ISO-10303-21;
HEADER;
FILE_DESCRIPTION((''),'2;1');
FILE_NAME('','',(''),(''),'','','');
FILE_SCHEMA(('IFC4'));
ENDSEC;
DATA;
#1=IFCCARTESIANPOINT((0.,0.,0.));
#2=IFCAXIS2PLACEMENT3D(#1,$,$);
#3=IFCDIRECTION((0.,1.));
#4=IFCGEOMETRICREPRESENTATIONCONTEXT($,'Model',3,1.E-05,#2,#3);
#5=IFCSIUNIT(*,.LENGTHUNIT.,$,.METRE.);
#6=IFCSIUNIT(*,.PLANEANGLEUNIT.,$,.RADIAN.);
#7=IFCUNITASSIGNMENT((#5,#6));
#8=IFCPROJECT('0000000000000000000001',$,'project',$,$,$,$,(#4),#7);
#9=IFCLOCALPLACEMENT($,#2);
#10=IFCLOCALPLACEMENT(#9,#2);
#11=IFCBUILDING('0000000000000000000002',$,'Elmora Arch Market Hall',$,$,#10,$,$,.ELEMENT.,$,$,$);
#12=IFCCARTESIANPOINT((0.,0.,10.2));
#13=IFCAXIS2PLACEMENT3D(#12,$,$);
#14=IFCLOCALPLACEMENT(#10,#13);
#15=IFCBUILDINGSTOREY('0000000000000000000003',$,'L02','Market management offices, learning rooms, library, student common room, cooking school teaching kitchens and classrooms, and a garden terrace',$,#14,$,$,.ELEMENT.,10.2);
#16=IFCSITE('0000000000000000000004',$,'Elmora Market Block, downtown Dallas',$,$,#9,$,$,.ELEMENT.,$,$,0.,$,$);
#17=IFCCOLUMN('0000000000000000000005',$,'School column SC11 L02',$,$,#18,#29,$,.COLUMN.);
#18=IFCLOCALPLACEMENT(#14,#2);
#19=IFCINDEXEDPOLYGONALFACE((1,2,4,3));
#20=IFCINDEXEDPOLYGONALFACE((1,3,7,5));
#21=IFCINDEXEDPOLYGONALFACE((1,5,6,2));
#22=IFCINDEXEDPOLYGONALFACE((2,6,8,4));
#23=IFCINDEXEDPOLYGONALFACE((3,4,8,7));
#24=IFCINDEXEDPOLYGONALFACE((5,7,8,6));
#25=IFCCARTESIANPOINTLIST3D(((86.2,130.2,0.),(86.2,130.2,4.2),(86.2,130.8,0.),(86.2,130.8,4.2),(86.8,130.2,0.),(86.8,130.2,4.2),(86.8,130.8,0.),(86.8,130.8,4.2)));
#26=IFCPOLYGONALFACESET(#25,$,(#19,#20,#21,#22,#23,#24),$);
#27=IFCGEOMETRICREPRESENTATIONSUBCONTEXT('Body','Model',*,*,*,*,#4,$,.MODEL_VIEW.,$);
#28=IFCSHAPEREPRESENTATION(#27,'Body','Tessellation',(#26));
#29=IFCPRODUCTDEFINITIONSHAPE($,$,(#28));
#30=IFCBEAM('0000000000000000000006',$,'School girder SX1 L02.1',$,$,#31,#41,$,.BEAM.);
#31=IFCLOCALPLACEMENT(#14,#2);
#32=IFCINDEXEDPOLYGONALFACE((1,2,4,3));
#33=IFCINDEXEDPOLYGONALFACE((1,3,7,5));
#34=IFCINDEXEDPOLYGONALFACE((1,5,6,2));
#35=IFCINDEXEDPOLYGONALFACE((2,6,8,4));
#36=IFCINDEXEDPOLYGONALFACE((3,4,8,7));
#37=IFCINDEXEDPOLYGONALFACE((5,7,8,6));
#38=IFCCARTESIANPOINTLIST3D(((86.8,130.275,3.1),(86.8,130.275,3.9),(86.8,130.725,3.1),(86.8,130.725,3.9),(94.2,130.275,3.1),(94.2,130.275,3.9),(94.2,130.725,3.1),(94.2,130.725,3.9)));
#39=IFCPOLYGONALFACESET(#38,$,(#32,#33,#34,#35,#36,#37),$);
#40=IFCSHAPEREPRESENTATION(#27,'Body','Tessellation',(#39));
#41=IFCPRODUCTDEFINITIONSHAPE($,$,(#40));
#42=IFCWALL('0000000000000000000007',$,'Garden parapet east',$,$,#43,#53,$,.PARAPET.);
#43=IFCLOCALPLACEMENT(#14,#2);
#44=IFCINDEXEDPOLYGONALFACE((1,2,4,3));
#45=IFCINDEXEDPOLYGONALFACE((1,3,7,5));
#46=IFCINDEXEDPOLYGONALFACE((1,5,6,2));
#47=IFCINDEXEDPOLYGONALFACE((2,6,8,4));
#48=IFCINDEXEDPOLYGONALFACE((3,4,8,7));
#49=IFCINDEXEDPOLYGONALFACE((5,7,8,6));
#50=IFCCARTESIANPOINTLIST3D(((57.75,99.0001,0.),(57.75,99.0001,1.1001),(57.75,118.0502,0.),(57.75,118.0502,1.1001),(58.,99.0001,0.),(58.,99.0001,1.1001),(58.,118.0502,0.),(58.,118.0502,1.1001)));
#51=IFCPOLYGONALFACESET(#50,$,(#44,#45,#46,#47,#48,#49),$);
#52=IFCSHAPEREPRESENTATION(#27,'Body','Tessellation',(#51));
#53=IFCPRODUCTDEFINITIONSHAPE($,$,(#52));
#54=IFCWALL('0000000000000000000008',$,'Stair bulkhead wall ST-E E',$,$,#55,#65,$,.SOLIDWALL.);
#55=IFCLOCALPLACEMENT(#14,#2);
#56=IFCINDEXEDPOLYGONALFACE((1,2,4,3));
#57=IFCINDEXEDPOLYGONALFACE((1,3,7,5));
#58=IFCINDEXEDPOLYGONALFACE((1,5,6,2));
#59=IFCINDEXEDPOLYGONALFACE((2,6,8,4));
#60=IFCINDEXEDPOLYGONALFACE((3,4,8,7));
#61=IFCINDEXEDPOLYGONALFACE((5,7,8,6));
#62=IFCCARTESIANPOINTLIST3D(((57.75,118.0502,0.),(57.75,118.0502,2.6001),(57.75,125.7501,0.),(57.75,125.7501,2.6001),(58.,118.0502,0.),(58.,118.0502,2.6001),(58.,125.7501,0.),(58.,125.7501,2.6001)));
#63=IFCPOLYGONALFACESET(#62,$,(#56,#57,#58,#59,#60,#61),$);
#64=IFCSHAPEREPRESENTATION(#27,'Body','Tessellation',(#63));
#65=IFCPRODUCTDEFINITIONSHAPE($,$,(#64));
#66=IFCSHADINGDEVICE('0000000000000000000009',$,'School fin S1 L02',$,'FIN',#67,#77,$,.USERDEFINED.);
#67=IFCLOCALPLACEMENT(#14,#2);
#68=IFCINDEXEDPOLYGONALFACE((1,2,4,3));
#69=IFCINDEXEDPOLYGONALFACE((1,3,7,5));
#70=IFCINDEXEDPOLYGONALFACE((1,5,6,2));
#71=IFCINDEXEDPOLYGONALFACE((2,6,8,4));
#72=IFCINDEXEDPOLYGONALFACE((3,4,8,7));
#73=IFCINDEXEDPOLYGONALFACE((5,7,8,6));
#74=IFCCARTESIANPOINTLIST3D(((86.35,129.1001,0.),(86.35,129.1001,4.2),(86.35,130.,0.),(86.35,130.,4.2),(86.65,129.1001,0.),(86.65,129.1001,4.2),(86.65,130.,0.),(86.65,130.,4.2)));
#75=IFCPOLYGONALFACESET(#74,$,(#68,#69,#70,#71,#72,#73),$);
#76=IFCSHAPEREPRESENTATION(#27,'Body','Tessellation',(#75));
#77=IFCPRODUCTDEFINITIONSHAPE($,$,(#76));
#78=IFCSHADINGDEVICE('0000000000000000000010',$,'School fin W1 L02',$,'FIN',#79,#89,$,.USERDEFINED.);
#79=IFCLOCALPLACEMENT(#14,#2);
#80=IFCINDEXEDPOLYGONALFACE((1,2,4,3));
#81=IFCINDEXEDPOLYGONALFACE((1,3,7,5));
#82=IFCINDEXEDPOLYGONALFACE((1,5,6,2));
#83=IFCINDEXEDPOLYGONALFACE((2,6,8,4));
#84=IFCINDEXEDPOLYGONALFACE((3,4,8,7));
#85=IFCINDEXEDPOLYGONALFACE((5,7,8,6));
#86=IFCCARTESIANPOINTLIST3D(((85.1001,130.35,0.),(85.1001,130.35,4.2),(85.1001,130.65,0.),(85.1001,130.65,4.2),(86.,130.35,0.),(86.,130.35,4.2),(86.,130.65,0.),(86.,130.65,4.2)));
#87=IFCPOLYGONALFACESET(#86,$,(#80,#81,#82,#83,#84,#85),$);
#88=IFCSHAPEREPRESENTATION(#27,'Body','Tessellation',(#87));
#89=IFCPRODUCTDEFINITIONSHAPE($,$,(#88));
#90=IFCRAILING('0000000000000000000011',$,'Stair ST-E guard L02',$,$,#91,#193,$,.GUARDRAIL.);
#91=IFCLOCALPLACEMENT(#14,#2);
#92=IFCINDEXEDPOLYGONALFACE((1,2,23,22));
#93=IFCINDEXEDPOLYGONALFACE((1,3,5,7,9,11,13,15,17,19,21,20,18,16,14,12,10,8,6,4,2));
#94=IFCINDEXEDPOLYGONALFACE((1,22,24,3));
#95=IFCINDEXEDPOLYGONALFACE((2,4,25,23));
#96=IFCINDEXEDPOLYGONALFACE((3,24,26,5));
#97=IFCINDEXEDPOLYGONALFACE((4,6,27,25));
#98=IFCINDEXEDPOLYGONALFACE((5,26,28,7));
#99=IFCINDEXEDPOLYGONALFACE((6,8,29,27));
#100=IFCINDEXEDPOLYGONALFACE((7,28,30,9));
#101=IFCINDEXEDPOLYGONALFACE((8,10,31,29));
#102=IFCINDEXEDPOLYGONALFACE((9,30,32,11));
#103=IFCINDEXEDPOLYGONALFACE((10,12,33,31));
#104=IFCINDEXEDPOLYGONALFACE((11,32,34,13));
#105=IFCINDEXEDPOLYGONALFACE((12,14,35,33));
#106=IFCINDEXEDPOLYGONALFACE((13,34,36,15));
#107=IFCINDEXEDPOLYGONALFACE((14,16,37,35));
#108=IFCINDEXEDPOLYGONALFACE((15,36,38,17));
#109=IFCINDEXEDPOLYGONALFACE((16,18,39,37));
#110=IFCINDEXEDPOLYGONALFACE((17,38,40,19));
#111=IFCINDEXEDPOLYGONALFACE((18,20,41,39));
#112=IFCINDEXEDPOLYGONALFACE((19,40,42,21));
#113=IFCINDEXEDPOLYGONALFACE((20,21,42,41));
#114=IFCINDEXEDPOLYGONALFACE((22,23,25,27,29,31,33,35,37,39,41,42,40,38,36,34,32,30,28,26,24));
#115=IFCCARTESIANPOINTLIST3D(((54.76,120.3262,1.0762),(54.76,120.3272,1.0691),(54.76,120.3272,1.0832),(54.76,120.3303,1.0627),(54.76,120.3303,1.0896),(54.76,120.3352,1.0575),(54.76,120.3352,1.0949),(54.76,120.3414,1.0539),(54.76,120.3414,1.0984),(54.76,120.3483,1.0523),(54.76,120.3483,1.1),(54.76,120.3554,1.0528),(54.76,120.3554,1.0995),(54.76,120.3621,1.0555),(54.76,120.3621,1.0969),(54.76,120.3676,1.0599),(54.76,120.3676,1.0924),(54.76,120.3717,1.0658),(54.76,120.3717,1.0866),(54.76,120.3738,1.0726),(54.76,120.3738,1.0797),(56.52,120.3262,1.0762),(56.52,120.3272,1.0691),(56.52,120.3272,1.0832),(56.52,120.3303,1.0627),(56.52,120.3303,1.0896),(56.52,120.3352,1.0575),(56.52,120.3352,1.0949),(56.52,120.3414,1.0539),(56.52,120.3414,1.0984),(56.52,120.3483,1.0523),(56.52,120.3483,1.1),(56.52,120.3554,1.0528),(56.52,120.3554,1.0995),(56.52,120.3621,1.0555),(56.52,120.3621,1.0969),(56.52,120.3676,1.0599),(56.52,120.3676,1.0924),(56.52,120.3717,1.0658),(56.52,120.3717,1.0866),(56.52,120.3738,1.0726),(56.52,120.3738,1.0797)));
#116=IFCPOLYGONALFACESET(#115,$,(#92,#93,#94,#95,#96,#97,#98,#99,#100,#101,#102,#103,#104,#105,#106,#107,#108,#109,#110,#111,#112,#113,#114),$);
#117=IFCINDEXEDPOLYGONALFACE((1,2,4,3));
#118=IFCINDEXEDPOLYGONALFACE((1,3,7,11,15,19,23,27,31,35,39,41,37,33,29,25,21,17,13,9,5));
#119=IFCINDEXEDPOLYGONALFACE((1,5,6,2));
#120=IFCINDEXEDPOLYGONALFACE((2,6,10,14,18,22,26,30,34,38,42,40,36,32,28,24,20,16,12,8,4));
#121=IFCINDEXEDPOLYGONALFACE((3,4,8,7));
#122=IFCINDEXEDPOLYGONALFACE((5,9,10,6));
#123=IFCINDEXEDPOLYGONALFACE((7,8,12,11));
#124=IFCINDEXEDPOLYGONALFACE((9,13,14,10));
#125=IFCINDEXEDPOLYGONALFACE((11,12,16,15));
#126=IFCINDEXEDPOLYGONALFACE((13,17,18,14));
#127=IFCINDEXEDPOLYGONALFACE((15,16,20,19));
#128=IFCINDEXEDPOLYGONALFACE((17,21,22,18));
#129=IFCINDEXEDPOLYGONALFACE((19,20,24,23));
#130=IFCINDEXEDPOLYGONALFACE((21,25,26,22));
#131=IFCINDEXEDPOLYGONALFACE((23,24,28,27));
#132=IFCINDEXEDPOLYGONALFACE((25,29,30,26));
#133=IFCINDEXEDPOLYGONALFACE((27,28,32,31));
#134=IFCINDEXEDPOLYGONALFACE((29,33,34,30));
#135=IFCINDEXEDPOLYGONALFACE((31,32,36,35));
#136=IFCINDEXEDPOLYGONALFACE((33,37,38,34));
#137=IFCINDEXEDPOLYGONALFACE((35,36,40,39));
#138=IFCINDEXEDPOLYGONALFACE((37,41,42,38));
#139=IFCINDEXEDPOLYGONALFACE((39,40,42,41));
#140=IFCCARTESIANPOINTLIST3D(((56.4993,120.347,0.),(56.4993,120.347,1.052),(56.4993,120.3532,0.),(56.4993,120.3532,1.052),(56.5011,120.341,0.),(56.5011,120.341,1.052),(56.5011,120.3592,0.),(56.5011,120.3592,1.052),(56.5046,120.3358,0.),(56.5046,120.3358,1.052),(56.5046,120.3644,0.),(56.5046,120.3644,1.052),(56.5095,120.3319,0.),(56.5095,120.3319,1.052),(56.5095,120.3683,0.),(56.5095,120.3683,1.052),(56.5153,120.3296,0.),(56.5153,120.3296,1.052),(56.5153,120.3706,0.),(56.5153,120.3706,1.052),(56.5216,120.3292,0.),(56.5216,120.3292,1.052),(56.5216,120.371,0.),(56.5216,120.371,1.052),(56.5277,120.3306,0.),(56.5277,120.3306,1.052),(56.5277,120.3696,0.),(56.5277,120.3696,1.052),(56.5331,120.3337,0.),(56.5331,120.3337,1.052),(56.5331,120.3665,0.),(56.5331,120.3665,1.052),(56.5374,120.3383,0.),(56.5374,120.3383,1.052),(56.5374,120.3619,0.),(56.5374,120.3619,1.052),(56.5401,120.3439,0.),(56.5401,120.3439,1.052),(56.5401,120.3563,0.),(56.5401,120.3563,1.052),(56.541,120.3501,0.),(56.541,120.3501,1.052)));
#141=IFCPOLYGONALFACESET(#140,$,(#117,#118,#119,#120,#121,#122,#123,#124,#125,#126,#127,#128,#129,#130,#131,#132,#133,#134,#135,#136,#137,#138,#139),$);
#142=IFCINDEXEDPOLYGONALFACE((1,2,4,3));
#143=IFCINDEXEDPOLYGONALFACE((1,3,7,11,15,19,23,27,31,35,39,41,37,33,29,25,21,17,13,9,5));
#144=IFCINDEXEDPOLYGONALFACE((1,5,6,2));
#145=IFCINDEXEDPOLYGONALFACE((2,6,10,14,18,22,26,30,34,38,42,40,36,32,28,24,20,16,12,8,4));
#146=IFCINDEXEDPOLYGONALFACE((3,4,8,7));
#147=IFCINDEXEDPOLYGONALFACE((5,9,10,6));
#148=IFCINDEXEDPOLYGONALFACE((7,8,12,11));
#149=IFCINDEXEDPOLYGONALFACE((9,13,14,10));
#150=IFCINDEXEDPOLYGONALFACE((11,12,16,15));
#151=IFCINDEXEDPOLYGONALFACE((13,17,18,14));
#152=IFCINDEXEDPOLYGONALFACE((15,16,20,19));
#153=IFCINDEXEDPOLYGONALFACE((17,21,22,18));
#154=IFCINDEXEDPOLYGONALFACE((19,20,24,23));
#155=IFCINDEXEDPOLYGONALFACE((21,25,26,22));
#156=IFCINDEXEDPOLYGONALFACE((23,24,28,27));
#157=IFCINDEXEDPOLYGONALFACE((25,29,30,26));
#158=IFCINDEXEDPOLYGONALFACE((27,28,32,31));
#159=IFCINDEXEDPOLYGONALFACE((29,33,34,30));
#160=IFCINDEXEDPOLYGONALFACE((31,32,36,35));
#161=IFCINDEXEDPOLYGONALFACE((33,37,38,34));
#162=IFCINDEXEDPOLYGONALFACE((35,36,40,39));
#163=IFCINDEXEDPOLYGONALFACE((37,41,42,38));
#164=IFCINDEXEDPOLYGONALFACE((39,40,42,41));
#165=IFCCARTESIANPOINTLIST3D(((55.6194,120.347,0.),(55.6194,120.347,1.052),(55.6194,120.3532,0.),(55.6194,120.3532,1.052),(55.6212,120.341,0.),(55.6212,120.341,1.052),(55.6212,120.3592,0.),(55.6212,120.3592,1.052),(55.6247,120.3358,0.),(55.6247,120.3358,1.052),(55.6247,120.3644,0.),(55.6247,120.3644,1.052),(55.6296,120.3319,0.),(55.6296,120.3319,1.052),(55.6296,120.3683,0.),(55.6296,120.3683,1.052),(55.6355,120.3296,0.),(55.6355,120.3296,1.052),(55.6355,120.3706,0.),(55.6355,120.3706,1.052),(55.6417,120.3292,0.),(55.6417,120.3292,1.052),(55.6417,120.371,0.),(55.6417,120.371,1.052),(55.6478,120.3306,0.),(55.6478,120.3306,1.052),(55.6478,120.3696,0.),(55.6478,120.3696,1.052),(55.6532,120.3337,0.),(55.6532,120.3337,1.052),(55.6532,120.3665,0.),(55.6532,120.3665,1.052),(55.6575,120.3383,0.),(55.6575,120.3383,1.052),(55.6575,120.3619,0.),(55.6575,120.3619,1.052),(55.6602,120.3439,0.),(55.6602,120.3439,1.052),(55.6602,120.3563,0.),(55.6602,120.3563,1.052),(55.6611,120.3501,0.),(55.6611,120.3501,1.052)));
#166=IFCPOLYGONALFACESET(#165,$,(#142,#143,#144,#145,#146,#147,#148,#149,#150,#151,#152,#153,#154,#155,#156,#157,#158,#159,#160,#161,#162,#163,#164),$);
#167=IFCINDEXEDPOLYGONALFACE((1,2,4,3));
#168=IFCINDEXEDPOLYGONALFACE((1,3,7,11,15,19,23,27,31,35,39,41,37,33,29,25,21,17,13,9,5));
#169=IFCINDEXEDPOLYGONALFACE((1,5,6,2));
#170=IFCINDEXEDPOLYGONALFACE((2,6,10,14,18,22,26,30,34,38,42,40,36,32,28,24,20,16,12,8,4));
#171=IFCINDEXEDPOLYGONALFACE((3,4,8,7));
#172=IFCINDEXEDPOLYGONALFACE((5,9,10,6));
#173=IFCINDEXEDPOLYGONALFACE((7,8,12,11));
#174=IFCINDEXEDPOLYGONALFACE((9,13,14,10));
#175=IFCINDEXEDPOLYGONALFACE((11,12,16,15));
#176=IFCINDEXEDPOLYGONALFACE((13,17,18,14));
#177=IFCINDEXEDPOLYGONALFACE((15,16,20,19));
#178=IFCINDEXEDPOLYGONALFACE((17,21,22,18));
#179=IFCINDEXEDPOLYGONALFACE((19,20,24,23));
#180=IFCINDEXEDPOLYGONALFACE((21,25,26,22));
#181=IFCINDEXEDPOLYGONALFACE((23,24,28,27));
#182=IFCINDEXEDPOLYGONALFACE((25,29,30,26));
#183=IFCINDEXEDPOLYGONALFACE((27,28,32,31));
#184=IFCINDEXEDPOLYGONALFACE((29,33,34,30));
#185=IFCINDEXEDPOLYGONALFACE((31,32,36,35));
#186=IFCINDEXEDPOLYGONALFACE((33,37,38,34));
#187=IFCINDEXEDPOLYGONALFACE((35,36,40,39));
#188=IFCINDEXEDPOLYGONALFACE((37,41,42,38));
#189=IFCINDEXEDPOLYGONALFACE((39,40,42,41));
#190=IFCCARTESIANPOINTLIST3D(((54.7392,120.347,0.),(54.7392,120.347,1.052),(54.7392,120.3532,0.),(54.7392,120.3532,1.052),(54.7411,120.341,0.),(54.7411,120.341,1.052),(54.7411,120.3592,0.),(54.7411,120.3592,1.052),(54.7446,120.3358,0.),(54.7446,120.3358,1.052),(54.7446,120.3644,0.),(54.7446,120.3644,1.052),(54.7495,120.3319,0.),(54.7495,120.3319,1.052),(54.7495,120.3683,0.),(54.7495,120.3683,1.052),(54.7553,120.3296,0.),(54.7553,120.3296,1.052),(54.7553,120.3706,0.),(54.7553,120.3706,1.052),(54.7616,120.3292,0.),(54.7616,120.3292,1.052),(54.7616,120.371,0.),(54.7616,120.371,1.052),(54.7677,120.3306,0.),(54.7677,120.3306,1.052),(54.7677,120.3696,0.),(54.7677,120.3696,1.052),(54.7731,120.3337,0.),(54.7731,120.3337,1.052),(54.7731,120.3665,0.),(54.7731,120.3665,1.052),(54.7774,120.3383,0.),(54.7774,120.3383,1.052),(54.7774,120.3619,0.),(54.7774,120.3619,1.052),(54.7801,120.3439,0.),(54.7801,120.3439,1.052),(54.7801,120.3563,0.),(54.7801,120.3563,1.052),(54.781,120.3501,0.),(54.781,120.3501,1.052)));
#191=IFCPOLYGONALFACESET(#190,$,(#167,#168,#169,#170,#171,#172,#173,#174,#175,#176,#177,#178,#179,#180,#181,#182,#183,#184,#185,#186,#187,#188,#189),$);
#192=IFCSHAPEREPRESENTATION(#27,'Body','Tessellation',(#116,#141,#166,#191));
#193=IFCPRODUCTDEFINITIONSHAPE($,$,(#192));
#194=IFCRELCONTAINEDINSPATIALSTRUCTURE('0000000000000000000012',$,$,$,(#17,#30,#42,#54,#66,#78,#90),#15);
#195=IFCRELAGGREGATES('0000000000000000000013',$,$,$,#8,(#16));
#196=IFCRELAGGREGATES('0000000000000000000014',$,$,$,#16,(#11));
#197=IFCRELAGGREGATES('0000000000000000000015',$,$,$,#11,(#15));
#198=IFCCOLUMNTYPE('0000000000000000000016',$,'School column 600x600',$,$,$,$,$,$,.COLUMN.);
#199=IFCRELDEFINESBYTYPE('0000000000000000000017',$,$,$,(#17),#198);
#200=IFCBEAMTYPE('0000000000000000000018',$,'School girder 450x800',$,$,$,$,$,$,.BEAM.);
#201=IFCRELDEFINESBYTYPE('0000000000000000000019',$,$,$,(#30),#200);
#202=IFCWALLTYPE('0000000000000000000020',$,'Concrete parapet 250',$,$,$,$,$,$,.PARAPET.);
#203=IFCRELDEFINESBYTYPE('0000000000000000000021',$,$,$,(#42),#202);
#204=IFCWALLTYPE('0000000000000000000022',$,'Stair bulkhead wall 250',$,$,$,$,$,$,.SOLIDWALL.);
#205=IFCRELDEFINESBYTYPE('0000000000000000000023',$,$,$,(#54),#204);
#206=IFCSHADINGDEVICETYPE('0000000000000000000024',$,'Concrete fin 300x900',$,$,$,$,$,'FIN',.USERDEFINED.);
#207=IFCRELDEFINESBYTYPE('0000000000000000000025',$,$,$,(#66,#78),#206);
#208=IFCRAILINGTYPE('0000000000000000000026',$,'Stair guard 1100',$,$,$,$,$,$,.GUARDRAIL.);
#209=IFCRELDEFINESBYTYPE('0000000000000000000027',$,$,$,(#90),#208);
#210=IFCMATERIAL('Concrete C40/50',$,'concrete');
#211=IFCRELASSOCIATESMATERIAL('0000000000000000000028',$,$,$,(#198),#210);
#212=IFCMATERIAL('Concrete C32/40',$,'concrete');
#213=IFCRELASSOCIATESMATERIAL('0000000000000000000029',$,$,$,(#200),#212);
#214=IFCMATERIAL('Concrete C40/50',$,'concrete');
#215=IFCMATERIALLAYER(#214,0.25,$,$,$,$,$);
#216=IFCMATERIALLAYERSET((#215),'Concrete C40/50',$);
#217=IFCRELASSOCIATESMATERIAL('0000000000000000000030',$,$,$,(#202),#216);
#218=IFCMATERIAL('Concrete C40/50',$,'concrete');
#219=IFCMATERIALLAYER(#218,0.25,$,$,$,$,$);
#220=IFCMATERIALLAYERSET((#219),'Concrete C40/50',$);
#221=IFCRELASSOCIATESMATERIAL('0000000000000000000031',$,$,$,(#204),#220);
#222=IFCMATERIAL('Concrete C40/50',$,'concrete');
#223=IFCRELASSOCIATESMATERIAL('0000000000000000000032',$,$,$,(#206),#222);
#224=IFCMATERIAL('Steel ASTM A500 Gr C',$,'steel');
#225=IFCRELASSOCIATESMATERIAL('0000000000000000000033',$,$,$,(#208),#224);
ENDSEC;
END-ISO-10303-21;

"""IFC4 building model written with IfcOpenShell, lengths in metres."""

from ifc_helpers import new_model, si_unit, direction, frame, frame_2d, origin, origin_2d, place, context, subcontext, project, spatial, rectangle, circle, extrude, material, layer, layer_set, material_profile, profile_set, type_object, element, save


model = new_model("IFC4")

# Units and contexts
model_context = context("Model", 3, precision=1e-05, world=origin(), true_north=direction((0.0, 1.0)))
body_context = subcontext(model_context, "Body", "Model", "MODEL_VIEW")
ifc_project = project(units=[si_unit("LENGTHUNIT", "METRE"), si_unit("PLANEANGLEUNIT", "RADIAN")], contexts=[model_context])

# Site, building, storey
site_placement = place(None, origin())
site = spatial("IfcSite", under=ifc_project, at=site_placement, Name="Elmora Market Block, downtown Dallas", CompositionType="ELEMENT", RefElevation=0.0)
building_placement = place(site_placement, origin())
building = spatial("IfcBuilding", under=site, at=building_placement, Name="Elmora Arch Market Hall", CompositionType="ELEMENT")
storey_placement = place(building_placement, frame((0.0, 0.0, 10.2)))
storey = spatial("IfcBuildingStorey", under=building, at=storey_placement, Name="L02", Description="Market management offices, learning rooms, library, student common room, cooking school teaching kitchens and classrooms, and a garden terrace", CompositionType="ELEMENT", Elevation=10.2)

# Column
ifc_material_1 = material(Name="Concrete C40/50", Category="concrete")
ifc_material_profile_1 = material_profile(ifc_material_1, rectangle(XDim=0.6001, YDim=0.6001, at=origin_2d()), Name="School column 600x600")
ifc_profile_set_1 = profile_set([ifc_material_profile_1], Name="Concrete C40/50")
column_type = type_object("IfcColumnType", Name="School column 600x600", PredefinedType="COLUMN", material=ifc_profile_set_1)
column_placement = place(storey_placement, frame((86.5, 130.5, 0.0), z_axis=(0.0, 0.0, 1.0), x_axis=(1.0, 0.0, 0.0)))
element("IfcColumn", 1, at=column_placement, inside=storey, type_object=column_type, Name="School column SC11 L02", PredefinedType="COLUMN", context=body_context, shape_type="SweptSolid", body=[
    extrude(rectangle(XDim=0.6001, YDim=0.6001, at=origin_2d()), origin(), (0.0, 0.0, 1.0), 4.2),
])

# Beam
ifc_material_2 = material(Name="Concrete C32/40", Category="concrete")
ifc_material_profile_2 = material_profile(ifc_material_2, rectangle(XDim=0.45, YDim=0.8, at=origin_2d()), Name="School girder 450x800")
ifc_profile_set_2 = profile_set([ifc_material_profile_2], Name="Concrete C32/40")
beam_type = type_object("IfcBeamType", Name="School girder 450x800", PredefinedType="BEAM", material=ifc_profile_set_2)
beam_placement = place(storey_placement, frame((86.8, 130.5, 3.5), z_axis=(1.0, 0.0, 0.0), x_axis=(0.0, 1.0, 0.0)))
element("IfcBeam", 2, at=beam_placement, inside=storey, type_object=beam_type, Name="School girder SX1 L02.1", PredefinedType="BEAM", context=body_context, shape_type="SweptSolid", body=[
    extrude(rectangle(XDim=0.45, YDim=0.8, at=origin_2d()), origin(), (0.0, 0.0, 1.0), 7.3999),
])

# Walls
ifc_material_3 = material(Name="Concrete C40/50", Category="concrete")
ifc_layer_1 = layer(ifc_material_3, 0.25)
ifc_layer_set_1 = layer_set([ifc_layer_1], Name="Concrete C40/50")
wall_type_1 = type_object("IfcWallType", Name="Concrete parapet 250", PredefinedType="PARAPET", material=ifc_layer_set_1)
wall_1_placement = place(storey_placement, frame((57.875, 118.05, 0.0), z_axis=(0.0, 0.0, 1.0), x_axis=(0.0, -1.0, 0.0)))
element("IfcWall", 3, at=wall_1_placement, inside=storey, type_object=wall_type_1, Name="Garden parapet east", PredefinedType="PARAPET", context=body_context, shape_type="SweptSolid", body=[
    extrude(rectangle(XDim=19.05, YDim=0.25, at=frame_2d((9.5249, 0.0))), origin(), (0.0, 0.0, 1.0), 1.1001),
])
ifc_material_4 = material(Name="Concrete C40/50", Category="concrete")
ifc_layer_2 = layer(ifc_material_4, 0.25)
ifc_layer_set_2 = layer_set([ifc_layer_2], Name="Concrete C40/50")
wall_type_2 = type_object("IfcWallType", Name="Stair bulkhead wall 250", PredefinedType="SOLIDWALL", material=ifc_layer_set_2)
wall_2_placement = place(storey_placement, frame((57.875, 118.05, 0.0), z_axis=(0.0, 0.0, 1.0), x_axis=(0.0, 1.0, 0.0)))
element("IfcWall", 4, at=wall_2_placement, inside=storey, type_object=wall_type_2, Name="Stair bulkhead wall ST-E E", PredefinedType="SOLIDWALL", context=body_context, shape_type="SweptSolid", body=[
    extrude(rectangle(XDim=7.7, YDim=0.25, at=frame_2d((3.8501, 0.0))), origin(), (0.0, 0.0, 1.0), 2.6001),
])

# Shading devices
ifc_material_5 = material(Name="Concrete C40/50", Category="concrete")
shading_device_type = type_object("IfcShadingDeviceType", Name="Concrete fin 300x900", ElementType="FIN", PredefinedType="USERDEFINED", material=ifc_material_5)
shading_device_1_placement = place(storey_placement, frame((86.5, 129.55, 0.0), z_axis=(0.0, 0.0, 1.0), x_axis=(1.0, 0.0, 0.0)))
element("IfcShadingDevice", 5, at=shading_device_1_placement, inside=storey, type_object=shading_device_type, Name="School fin S1 L02", ObjectType="FIN", PredefinedType="USERDEFINED", context=body_context, shape_type="SweptSolid", body=[
    extrude(rectangle(XDim=0.3, YDim=0.8999, at=origin_2d()), origin(), (0.0, 0.0, 1.0), 4.2),
])
shading_device_2_placement = place(storey_placement, frame((85.55, 130.5, 0.0), z_axis=(0.0, 0.0, 1.0), x_axis=(1.0, 0.0, 0.0)))
element("IfcShadingDevice", 6, at=shading_device_2_placement, inside=storey, type_object=shading_device_type, Name="School fin W1 L02", ObjectType="FIN", PredefinedType="USERDEFINED", context=body_context, shape_type="SweptSolid", body=[
    extrude(rectangle(XDim=0.8999, YDim=0.3, at=origin_2d()), origin(), (0.0, 0.0, 1.0), 4.2),
])

# Railing
ifc_material_6 = material(Name="Steel ASTM A500 Gr C", Category="steel")
railing_type = type_object("IfcRailingType", Name="Stair guard 1100", PredefinedType="GUARDRAIL", material=ifc_material_6)
railing_placement = place(storey_placement, frame((56.52, 120.3501, 0.0)))
element("IfcRailing", 7, at=railing_placement, inside=storey, type_object=railing_type, Name="Stair ST-E guard L02", PredefinedType="GUARDRAIL", context=body_context, shape_type="SweptSolid", body=[
    extrude(circle(Radius=0.0239, at=origin_2d()), frame((0.0, 0.0, 1.0762), z_axis=(-1.0, 0.0, 0.0), x_axis=(0.0, -1.0, 0.0)), (0.0, 0.0, 1.0), 1.76),
    extrude(circle(Radius=0.021, at=origin_2d()), origin(), (0.0, 0.0, 1.0), 1.052),
    extrude(circle(Radius=0.021, at=origin_2d()), frame((-0.8799, 0.0, 0.0)), (0.0, 0.0, 1.0), 1.052),
    extrude(circle(Radius=0.021, at=origin_2d()), frame((-1.76, 0.0, 0.0)), (0.0, 0.0, 1.0), 1.052),
])

save(model, "model.ifc")
